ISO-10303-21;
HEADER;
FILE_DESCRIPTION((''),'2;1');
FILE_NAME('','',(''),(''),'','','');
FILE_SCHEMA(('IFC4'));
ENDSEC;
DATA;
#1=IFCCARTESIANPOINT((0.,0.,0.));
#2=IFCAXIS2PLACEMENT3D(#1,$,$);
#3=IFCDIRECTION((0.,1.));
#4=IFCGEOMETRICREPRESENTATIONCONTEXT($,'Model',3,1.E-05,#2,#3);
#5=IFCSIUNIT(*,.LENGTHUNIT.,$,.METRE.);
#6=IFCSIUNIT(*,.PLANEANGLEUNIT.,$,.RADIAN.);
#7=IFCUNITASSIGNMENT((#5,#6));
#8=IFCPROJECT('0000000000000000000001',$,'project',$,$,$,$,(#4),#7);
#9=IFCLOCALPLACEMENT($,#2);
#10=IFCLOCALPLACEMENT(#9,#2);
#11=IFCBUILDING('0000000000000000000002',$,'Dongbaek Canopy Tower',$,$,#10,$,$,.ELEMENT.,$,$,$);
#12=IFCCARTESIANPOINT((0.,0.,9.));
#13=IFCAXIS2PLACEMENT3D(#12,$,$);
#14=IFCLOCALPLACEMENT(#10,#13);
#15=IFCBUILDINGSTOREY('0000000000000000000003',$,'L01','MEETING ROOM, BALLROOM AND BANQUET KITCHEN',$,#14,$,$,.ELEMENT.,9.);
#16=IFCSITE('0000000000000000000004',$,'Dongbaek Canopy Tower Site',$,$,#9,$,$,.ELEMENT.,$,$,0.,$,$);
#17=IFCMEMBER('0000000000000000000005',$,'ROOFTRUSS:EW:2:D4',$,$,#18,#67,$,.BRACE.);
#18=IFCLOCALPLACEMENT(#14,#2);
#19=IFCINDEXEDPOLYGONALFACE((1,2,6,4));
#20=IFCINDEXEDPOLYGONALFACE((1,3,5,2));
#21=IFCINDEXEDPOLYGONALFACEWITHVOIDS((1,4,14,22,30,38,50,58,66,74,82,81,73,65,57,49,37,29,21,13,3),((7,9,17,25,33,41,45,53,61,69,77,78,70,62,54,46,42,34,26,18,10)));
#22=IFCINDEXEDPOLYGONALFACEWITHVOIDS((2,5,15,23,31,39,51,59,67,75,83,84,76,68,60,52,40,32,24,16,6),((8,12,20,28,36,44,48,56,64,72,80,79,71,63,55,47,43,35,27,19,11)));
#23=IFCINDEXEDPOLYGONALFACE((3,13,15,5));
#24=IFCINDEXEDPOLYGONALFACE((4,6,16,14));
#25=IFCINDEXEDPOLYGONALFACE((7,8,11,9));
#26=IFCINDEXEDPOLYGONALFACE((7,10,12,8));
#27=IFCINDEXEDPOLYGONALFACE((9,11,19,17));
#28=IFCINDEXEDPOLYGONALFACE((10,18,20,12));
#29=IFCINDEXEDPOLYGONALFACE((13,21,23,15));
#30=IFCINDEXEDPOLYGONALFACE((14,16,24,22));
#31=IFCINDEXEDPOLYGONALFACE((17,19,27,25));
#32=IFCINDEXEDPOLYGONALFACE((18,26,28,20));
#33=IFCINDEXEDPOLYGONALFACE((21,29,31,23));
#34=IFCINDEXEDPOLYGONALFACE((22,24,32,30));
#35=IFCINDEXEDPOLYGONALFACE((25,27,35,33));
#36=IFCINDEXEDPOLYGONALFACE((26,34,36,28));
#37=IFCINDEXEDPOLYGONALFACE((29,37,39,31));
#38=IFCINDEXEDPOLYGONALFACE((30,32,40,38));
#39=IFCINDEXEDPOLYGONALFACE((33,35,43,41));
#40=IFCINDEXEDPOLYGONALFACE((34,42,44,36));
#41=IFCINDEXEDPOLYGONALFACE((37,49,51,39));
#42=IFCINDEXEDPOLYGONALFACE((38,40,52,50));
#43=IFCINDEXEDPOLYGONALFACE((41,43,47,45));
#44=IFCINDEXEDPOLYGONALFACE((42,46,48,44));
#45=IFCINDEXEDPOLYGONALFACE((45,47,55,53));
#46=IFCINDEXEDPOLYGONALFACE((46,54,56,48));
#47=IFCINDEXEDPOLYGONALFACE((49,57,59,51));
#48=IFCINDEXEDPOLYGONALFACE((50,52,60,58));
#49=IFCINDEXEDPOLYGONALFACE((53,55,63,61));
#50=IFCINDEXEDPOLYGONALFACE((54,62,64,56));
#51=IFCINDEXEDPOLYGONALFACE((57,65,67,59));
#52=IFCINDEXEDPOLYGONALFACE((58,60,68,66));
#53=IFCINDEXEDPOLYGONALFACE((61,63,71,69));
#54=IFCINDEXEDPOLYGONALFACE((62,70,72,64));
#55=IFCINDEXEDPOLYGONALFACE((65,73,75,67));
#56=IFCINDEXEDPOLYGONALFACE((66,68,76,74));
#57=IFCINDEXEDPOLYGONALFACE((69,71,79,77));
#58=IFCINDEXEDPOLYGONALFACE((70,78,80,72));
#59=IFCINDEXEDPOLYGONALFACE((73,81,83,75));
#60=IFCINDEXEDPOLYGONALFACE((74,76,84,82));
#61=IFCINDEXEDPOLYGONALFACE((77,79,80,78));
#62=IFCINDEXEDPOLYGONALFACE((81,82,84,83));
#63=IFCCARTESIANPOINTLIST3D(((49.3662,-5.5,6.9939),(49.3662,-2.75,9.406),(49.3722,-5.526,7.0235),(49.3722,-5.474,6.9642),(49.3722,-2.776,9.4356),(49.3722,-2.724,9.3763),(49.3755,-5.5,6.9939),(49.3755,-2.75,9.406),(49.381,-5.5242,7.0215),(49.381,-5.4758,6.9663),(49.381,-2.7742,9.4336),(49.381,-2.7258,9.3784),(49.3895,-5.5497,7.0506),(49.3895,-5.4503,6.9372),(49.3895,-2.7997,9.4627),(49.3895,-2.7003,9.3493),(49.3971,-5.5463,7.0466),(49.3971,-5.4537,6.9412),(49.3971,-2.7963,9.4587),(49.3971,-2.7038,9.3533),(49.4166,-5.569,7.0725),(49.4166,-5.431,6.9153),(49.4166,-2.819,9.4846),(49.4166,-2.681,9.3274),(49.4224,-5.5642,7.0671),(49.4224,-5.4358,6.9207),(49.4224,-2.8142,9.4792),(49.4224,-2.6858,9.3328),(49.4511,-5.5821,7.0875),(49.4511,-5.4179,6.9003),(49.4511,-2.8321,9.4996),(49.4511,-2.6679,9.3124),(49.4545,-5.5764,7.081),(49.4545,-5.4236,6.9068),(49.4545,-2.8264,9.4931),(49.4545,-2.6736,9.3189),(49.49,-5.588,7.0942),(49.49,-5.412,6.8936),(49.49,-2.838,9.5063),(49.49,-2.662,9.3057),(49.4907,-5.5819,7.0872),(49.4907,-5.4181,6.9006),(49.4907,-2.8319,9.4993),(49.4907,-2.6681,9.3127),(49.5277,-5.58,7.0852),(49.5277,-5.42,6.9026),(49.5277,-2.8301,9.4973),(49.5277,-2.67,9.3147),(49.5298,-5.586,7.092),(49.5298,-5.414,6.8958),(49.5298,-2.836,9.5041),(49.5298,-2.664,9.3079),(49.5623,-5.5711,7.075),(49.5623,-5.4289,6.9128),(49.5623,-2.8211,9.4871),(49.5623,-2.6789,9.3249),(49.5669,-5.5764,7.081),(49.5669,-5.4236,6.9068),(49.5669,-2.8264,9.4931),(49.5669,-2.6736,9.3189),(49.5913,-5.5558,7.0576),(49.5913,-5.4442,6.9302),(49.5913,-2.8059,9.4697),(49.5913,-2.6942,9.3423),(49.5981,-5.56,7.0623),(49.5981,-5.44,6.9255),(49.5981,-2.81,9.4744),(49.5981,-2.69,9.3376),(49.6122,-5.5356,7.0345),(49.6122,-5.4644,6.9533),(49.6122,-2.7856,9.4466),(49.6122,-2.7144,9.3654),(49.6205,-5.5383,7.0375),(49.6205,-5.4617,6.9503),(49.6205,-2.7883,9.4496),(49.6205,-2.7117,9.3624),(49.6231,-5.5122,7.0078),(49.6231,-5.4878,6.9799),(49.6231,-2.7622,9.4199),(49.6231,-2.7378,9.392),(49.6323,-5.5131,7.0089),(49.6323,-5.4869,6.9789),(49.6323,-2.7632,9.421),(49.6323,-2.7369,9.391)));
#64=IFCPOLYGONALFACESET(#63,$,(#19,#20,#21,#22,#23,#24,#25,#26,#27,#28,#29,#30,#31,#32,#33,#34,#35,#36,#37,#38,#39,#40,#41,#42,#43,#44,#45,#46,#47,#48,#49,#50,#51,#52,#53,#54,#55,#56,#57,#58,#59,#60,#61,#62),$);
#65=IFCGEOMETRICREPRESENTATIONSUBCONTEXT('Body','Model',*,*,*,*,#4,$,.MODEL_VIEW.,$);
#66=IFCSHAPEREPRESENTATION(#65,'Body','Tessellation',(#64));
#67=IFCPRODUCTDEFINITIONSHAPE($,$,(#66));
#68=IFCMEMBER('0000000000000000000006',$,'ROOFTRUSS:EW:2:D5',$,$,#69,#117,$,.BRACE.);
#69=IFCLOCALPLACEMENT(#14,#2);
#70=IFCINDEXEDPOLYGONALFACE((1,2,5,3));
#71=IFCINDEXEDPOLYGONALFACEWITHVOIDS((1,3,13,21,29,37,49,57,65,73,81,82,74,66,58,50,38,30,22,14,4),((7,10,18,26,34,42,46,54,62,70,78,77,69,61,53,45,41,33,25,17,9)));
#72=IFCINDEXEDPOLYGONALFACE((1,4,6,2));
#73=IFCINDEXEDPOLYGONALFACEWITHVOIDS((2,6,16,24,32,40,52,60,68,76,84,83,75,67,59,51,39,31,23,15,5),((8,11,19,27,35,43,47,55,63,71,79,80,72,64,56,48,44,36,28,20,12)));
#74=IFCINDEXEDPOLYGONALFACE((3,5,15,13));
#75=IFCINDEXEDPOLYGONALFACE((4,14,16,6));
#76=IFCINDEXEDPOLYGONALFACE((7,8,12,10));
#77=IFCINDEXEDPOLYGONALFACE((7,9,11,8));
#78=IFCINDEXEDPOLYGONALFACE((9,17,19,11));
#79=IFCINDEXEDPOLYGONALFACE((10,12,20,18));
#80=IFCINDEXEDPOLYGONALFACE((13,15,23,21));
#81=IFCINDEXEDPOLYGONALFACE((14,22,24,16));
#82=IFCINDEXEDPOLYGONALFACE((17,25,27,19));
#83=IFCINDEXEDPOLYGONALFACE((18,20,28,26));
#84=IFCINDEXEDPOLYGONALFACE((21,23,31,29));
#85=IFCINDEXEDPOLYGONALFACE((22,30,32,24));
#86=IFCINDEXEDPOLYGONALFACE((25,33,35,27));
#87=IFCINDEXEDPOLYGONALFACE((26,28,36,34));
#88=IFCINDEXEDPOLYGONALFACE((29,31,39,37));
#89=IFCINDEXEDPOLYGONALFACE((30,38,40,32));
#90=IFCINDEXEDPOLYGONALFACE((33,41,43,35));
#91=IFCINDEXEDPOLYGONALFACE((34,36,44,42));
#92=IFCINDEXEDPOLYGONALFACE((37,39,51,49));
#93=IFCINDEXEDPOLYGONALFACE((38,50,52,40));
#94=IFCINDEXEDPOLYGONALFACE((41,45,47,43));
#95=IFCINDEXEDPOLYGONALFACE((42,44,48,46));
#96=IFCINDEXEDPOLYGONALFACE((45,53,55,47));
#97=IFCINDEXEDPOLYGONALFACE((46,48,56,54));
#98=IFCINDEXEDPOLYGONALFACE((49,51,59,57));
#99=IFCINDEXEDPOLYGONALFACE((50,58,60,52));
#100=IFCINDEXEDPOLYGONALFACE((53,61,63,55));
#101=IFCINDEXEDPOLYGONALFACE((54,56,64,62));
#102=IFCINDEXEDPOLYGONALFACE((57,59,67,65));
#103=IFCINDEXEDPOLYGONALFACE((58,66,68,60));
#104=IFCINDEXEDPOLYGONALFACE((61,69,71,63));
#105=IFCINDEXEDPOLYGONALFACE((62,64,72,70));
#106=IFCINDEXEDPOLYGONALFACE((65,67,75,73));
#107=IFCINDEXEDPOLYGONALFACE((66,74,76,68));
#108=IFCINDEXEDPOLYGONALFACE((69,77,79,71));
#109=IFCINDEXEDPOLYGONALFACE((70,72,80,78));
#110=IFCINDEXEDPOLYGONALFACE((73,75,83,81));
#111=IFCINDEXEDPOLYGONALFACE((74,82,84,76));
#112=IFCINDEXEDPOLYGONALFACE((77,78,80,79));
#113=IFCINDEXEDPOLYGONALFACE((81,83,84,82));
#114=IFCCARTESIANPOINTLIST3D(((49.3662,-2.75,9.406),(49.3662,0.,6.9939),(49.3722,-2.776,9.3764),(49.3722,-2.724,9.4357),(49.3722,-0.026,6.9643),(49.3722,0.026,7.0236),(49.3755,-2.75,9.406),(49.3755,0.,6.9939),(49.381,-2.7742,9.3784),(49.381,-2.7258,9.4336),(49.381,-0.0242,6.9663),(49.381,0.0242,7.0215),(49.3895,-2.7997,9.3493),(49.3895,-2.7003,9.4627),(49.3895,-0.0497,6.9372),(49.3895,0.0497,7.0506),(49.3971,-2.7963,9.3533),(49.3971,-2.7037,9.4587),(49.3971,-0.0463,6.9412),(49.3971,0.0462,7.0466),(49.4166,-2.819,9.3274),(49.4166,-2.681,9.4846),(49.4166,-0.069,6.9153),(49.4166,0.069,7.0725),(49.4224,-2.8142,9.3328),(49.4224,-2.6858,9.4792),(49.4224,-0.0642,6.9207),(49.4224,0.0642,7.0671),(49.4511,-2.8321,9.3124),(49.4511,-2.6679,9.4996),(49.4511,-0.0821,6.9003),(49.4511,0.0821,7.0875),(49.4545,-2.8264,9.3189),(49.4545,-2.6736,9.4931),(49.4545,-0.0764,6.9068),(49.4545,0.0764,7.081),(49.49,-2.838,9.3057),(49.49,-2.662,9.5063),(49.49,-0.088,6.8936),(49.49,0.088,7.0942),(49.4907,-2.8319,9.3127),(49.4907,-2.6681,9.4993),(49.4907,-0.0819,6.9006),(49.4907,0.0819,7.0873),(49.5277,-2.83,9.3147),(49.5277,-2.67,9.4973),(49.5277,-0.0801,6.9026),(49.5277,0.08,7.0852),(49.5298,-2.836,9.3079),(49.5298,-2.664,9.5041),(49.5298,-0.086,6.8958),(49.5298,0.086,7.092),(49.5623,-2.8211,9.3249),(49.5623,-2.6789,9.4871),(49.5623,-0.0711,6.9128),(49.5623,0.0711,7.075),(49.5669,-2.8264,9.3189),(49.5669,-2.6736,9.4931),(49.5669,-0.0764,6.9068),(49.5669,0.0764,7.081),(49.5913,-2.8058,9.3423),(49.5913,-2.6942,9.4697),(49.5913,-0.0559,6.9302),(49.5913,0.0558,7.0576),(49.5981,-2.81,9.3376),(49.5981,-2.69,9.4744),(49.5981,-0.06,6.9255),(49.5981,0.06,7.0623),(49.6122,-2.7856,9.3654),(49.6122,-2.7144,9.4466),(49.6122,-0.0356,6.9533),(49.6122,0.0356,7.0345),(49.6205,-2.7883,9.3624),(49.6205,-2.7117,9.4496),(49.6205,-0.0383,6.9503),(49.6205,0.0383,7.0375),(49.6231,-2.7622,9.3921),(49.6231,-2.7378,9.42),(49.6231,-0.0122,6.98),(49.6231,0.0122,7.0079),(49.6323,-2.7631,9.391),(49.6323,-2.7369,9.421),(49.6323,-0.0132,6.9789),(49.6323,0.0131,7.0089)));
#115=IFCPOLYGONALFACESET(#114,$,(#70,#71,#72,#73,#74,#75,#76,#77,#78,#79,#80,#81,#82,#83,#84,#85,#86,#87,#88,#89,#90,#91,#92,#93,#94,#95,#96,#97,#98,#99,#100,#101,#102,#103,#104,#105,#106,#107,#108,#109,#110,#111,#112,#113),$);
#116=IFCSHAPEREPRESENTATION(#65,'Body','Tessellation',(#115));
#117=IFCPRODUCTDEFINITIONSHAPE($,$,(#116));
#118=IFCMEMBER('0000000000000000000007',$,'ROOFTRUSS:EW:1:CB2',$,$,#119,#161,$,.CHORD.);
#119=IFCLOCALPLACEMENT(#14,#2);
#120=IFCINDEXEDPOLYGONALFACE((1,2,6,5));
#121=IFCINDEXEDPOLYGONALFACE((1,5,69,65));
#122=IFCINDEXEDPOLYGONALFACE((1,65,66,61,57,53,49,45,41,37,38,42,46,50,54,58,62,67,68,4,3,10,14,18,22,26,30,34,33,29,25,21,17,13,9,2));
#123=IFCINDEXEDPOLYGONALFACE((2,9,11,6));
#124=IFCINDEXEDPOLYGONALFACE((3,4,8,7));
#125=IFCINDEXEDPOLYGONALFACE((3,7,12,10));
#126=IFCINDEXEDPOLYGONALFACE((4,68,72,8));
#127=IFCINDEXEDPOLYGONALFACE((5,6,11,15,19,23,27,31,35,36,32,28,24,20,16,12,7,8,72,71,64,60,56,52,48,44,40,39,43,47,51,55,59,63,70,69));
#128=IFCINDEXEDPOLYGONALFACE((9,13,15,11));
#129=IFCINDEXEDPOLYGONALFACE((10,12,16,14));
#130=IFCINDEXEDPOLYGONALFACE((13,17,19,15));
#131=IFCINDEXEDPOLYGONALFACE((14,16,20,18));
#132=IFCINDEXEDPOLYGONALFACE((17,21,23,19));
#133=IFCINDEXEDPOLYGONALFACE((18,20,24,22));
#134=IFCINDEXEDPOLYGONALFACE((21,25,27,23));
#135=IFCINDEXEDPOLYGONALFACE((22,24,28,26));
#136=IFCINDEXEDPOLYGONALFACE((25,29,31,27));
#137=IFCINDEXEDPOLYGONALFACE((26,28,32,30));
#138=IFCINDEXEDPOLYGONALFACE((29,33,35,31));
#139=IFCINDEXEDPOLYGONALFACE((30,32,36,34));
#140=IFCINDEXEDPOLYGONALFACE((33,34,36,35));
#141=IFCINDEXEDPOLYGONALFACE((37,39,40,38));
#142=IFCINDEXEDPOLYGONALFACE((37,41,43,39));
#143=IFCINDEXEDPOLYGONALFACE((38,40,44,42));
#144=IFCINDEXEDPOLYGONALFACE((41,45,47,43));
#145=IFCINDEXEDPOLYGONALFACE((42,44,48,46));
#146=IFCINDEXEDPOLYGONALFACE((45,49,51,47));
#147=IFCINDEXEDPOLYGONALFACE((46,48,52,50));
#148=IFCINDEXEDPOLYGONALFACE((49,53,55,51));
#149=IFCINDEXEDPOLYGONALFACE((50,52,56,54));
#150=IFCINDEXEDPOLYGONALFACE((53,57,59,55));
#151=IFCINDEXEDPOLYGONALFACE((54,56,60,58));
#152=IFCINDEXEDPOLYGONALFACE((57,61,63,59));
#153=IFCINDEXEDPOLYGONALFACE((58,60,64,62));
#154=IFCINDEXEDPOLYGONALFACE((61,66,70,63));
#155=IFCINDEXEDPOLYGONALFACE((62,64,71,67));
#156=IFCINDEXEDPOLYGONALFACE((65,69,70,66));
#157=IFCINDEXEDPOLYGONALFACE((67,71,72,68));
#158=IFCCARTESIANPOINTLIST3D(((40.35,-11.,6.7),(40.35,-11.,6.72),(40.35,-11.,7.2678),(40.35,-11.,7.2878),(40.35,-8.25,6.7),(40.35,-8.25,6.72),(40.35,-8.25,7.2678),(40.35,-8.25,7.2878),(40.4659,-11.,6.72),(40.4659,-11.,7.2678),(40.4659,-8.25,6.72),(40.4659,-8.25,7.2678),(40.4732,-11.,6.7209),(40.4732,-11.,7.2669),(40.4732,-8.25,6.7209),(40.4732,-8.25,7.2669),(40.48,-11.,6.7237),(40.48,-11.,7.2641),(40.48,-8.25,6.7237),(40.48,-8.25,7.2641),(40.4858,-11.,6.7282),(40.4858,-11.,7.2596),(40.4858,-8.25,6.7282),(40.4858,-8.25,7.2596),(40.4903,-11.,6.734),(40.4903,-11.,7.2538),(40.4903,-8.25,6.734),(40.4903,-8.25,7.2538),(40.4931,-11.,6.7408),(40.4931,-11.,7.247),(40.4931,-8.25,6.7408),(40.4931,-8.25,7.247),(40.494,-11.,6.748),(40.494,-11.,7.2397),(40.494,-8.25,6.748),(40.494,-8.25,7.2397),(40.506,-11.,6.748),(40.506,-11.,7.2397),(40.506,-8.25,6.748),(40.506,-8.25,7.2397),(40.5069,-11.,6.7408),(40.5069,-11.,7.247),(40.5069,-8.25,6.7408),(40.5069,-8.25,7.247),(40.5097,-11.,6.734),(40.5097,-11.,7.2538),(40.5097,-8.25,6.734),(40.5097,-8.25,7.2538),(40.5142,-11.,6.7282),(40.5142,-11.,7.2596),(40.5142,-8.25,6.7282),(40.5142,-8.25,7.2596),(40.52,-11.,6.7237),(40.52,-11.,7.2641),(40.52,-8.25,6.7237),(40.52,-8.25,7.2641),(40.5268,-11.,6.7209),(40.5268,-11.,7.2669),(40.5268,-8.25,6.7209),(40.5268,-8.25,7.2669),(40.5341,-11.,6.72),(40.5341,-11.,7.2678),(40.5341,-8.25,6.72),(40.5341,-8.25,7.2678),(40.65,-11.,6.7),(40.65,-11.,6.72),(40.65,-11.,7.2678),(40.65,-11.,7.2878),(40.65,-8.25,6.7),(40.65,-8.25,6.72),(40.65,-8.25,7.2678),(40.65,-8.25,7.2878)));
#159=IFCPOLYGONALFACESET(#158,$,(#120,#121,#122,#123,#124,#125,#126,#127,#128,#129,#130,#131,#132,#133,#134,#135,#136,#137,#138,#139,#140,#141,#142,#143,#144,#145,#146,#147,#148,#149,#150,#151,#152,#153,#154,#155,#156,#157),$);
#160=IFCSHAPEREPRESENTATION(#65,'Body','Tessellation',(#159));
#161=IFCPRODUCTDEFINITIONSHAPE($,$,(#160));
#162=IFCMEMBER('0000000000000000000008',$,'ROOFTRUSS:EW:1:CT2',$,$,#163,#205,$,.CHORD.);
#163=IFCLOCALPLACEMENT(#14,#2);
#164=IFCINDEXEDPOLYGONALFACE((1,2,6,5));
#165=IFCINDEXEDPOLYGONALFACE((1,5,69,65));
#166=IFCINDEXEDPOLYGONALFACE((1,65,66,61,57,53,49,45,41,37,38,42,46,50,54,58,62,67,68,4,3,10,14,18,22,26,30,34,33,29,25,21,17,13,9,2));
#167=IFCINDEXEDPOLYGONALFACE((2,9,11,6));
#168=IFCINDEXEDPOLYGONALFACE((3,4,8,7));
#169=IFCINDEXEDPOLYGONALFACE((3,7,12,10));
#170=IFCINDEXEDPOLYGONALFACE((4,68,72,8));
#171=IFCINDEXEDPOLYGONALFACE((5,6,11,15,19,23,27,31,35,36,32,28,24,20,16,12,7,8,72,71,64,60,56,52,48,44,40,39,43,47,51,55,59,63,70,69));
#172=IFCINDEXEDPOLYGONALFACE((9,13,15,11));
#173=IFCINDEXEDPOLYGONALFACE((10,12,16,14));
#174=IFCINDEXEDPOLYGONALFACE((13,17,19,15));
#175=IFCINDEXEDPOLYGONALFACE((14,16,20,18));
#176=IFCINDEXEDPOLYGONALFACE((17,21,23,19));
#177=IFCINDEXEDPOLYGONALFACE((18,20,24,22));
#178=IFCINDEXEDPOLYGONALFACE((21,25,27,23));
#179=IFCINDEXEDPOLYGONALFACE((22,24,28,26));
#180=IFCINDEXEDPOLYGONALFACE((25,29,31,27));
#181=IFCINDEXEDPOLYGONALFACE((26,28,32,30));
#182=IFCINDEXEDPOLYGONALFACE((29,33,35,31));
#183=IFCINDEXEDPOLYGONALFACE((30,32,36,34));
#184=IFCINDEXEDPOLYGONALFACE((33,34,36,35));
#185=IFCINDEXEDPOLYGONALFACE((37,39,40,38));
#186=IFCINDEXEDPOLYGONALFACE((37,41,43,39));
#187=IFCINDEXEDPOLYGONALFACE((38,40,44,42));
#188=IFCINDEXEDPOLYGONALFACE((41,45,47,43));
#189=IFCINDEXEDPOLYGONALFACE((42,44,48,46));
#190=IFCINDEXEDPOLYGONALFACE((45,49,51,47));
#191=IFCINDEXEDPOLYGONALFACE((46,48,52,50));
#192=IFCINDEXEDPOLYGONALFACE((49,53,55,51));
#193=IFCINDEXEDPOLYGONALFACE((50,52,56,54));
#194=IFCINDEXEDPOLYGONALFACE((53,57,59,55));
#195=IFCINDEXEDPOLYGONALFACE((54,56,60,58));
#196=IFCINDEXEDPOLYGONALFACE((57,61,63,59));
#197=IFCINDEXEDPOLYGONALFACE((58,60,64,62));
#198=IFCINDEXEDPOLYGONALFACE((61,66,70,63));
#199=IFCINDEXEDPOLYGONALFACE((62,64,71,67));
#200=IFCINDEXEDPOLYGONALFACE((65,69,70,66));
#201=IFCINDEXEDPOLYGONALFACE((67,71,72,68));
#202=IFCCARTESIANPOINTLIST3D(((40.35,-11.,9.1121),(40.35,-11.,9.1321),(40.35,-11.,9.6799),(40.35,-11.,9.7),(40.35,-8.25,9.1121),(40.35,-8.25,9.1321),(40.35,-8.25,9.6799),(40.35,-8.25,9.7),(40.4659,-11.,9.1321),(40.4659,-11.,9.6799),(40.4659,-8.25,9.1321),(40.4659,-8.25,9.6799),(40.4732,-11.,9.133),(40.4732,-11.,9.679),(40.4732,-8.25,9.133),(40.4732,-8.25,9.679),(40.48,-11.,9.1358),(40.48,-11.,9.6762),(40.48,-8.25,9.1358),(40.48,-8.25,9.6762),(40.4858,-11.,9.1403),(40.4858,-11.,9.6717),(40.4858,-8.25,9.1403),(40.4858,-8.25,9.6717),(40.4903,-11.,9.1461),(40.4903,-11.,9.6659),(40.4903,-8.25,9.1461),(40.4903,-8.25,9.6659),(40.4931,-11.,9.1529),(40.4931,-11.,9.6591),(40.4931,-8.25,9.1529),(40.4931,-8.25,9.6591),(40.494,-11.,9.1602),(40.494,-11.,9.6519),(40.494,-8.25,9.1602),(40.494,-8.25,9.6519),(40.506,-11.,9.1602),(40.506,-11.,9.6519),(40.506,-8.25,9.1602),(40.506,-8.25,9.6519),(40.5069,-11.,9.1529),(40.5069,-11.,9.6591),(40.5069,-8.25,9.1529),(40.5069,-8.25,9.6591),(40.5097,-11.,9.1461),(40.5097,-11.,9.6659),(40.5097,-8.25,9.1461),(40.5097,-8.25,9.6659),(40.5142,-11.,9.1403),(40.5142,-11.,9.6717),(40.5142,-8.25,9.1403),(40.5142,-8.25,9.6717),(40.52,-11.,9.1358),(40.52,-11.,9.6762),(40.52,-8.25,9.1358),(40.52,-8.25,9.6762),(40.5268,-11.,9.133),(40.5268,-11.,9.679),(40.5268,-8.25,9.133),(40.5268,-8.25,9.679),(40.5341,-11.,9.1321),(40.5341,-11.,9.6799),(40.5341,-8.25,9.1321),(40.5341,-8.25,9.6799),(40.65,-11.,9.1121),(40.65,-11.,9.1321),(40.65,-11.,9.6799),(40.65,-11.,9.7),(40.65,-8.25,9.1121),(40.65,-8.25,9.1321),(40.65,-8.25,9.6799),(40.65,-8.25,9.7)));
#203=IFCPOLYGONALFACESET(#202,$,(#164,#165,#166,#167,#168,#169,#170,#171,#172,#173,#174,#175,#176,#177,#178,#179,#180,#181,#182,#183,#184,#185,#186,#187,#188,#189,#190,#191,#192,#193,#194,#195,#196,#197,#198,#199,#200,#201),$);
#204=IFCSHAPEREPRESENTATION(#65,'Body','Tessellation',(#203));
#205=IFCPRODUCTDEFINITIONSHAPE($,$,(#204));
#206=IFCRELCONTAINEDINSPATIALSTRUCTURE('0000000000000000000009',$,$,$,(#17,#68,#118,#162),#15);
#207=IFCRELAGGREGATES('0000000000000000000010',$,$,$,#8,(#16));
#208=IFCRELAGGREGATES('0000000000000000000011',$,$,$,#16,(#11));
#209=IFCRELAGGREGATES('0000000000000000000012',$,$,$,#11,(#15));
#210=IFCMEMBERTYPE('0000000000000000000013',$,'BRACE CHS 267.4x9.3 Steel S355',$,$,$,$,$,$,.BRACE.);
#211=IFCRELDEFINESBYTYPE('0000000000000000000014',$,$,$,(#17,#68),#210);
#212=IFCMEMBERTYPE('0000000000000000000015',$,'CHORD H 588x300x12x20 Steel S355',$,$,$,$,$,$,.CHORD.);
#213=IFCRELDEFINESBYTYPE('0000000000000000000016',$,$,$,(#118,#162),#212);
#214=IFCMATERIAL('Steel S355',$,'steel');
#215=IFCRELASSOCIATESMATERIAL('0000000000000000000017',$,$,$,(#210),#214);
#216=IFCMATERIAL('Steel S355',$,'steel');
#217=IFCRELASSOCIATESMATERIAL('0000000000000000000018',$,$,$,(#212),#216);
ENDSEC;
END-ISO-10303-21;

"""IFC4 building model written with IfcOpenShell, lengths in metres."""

from ifc_helpers import new_model, si_unit, direction, frame, origin, origin_2d, place, context, subcontext, project, spatial, hollow_circle, i_section, extrude, material, material_profile, profile_set, type_object, element, save


model = new_model("IFC4")

# Units and contexts
model_context = context("Model", 3, precision=1e-05, world=origin(), true_north=direction((0.0, 1.0)))
body_context = subcontext(model_context, "Body", "Model", "MODEL_VIEW")
ifc_project = project(units=[si_unit("LENGTHUNIT", "METRE"), si_unit("PLANEANGLEUNIT", "RADIAN")], contexts=[model_context])

# Site, building, storey
site_placement = place(None, origin())
site = spatial("IfcSite", under=ifc_project, at=site_placement, Name="Dongbaek Canopy Tower Site", CompositionType="ELEMENT", RefElevation=0.0)
building_placement = place(site_placement, origin())
building = spatial("IfcBuilding", under=site, at=building_placement, Name="Dongbaek Canopy Tower", CompositionType="ELEMENT")
storey_placement = place(building_placement, frame((0.0, 0.0, 9.0)))
storey = spatial("IfcBuildingStorey", under=building, at=storey_placement, Name="L01", Description="MEETING ROOM, BALLROOM AND BANQUET KITCHEN", CompositionType="ELEMENT", Elevation=9.0)

# Members
ifc_material_1 = material(Name="Steel S355", Category="steel")
ifc_material_profile_1 = material_profile(ifc_material_1, hollow_circle(Radius=0.1338, WallThickness=0.0093, at=origin_2d()), Name="BRACE CHS 267.4x9.3 Steel S355")
ifc_profile_set_1 = profile_set([ifc_material_profile_1], Name="Steel S355")
member_type_1 = type_object("IfcMemberType", Name="BRACE CHS 267.4x9.3 Steel S355", PredefinedType="BRACE", material=ifc_profile_set_1)
for number, where, z_axis, x_axis, name in (
    (1, (49.5, -5.5, 6.9939), (0.0, 0.751782, 0.659411), (-1.0, 0.0, 0.0), "ROOFTRUSS:EW:2:D4"),
    (2, (49.5, -2.75, 9.406), (0.0, 0.751782, -0.659411), (-1.0, 0.0, 0.0), "ROOFTRUSS:EW:2:D5"),
):
    element("IfcMember", number, at=place(storey_placement, frame(where, z_axis=z_axis, x_axis=x_axis)), inside=storey, type_object=member_type_1, Name=name, PredefinedType="BRACE", context=body_context, shape_type="SweptSolid", body=[
        extrude(hollow_circle(Radius=0.1338, WallThickness=0.0093, at=origin_2d()), origin(), (0.0, 0.0, 1.0), 3.658),
    ])
ifc_material_2 = material(Name="Steel S355", Category="steel")
ifc_material_profile_2 = material_profile(ifc_material_2, i_section(OverallWidth=0.3, OverallDepth=0.5879, WebThickness=0.012, FlangeThickness=0.02, FilletRadius=0.0281, at=origin_2d()), Name="CHORD H 588x300x12x20 Steel S355")
ifc_profile_set_2 = profile_set([ifc_material_profile_2], Name="Steel S355")
member_type_2 = type_object("IfcMemberType", Name="CHORD H 588x300x12x20 Steel S355", PredefinedType="CHORD", material=ifc_profile_set_2)
for number, where, z_axis, x_axis, name in (
    (3, (40.5, -11.0, 6.9939), (0.0, 1.0, 0.0), (-1.0, 0.0, 0.0), "ROOFTRUSS:EW:1:CB2"),
    (4, (40.5, -11.0, 9.406), (0.0, 1.0, 0.0), (-1.0, 0.0, 0.0), "ROOFTRUSS:EW:1:CT2"),
):
    element("IfcMember", number, at=place(storey_placement, frame(where, z_axis=z_axis, x_axis=x_axis)), inside=storey, type_object=member_type_2, Name=name, PredefinedType="CHORD", context=body_context, shape_type="SweptSolid", body=[
        extrude(i_section(OverallWidth=0.3, OverallDepth=0.5879, WebThickness=0.012, FlangeThickness=0.02, FilletRadius=0.0281, at=origin_2d()), origin(), (0.0, 0.0, 1.0), 2.75),
    ])

save(model, "model.ifc")
